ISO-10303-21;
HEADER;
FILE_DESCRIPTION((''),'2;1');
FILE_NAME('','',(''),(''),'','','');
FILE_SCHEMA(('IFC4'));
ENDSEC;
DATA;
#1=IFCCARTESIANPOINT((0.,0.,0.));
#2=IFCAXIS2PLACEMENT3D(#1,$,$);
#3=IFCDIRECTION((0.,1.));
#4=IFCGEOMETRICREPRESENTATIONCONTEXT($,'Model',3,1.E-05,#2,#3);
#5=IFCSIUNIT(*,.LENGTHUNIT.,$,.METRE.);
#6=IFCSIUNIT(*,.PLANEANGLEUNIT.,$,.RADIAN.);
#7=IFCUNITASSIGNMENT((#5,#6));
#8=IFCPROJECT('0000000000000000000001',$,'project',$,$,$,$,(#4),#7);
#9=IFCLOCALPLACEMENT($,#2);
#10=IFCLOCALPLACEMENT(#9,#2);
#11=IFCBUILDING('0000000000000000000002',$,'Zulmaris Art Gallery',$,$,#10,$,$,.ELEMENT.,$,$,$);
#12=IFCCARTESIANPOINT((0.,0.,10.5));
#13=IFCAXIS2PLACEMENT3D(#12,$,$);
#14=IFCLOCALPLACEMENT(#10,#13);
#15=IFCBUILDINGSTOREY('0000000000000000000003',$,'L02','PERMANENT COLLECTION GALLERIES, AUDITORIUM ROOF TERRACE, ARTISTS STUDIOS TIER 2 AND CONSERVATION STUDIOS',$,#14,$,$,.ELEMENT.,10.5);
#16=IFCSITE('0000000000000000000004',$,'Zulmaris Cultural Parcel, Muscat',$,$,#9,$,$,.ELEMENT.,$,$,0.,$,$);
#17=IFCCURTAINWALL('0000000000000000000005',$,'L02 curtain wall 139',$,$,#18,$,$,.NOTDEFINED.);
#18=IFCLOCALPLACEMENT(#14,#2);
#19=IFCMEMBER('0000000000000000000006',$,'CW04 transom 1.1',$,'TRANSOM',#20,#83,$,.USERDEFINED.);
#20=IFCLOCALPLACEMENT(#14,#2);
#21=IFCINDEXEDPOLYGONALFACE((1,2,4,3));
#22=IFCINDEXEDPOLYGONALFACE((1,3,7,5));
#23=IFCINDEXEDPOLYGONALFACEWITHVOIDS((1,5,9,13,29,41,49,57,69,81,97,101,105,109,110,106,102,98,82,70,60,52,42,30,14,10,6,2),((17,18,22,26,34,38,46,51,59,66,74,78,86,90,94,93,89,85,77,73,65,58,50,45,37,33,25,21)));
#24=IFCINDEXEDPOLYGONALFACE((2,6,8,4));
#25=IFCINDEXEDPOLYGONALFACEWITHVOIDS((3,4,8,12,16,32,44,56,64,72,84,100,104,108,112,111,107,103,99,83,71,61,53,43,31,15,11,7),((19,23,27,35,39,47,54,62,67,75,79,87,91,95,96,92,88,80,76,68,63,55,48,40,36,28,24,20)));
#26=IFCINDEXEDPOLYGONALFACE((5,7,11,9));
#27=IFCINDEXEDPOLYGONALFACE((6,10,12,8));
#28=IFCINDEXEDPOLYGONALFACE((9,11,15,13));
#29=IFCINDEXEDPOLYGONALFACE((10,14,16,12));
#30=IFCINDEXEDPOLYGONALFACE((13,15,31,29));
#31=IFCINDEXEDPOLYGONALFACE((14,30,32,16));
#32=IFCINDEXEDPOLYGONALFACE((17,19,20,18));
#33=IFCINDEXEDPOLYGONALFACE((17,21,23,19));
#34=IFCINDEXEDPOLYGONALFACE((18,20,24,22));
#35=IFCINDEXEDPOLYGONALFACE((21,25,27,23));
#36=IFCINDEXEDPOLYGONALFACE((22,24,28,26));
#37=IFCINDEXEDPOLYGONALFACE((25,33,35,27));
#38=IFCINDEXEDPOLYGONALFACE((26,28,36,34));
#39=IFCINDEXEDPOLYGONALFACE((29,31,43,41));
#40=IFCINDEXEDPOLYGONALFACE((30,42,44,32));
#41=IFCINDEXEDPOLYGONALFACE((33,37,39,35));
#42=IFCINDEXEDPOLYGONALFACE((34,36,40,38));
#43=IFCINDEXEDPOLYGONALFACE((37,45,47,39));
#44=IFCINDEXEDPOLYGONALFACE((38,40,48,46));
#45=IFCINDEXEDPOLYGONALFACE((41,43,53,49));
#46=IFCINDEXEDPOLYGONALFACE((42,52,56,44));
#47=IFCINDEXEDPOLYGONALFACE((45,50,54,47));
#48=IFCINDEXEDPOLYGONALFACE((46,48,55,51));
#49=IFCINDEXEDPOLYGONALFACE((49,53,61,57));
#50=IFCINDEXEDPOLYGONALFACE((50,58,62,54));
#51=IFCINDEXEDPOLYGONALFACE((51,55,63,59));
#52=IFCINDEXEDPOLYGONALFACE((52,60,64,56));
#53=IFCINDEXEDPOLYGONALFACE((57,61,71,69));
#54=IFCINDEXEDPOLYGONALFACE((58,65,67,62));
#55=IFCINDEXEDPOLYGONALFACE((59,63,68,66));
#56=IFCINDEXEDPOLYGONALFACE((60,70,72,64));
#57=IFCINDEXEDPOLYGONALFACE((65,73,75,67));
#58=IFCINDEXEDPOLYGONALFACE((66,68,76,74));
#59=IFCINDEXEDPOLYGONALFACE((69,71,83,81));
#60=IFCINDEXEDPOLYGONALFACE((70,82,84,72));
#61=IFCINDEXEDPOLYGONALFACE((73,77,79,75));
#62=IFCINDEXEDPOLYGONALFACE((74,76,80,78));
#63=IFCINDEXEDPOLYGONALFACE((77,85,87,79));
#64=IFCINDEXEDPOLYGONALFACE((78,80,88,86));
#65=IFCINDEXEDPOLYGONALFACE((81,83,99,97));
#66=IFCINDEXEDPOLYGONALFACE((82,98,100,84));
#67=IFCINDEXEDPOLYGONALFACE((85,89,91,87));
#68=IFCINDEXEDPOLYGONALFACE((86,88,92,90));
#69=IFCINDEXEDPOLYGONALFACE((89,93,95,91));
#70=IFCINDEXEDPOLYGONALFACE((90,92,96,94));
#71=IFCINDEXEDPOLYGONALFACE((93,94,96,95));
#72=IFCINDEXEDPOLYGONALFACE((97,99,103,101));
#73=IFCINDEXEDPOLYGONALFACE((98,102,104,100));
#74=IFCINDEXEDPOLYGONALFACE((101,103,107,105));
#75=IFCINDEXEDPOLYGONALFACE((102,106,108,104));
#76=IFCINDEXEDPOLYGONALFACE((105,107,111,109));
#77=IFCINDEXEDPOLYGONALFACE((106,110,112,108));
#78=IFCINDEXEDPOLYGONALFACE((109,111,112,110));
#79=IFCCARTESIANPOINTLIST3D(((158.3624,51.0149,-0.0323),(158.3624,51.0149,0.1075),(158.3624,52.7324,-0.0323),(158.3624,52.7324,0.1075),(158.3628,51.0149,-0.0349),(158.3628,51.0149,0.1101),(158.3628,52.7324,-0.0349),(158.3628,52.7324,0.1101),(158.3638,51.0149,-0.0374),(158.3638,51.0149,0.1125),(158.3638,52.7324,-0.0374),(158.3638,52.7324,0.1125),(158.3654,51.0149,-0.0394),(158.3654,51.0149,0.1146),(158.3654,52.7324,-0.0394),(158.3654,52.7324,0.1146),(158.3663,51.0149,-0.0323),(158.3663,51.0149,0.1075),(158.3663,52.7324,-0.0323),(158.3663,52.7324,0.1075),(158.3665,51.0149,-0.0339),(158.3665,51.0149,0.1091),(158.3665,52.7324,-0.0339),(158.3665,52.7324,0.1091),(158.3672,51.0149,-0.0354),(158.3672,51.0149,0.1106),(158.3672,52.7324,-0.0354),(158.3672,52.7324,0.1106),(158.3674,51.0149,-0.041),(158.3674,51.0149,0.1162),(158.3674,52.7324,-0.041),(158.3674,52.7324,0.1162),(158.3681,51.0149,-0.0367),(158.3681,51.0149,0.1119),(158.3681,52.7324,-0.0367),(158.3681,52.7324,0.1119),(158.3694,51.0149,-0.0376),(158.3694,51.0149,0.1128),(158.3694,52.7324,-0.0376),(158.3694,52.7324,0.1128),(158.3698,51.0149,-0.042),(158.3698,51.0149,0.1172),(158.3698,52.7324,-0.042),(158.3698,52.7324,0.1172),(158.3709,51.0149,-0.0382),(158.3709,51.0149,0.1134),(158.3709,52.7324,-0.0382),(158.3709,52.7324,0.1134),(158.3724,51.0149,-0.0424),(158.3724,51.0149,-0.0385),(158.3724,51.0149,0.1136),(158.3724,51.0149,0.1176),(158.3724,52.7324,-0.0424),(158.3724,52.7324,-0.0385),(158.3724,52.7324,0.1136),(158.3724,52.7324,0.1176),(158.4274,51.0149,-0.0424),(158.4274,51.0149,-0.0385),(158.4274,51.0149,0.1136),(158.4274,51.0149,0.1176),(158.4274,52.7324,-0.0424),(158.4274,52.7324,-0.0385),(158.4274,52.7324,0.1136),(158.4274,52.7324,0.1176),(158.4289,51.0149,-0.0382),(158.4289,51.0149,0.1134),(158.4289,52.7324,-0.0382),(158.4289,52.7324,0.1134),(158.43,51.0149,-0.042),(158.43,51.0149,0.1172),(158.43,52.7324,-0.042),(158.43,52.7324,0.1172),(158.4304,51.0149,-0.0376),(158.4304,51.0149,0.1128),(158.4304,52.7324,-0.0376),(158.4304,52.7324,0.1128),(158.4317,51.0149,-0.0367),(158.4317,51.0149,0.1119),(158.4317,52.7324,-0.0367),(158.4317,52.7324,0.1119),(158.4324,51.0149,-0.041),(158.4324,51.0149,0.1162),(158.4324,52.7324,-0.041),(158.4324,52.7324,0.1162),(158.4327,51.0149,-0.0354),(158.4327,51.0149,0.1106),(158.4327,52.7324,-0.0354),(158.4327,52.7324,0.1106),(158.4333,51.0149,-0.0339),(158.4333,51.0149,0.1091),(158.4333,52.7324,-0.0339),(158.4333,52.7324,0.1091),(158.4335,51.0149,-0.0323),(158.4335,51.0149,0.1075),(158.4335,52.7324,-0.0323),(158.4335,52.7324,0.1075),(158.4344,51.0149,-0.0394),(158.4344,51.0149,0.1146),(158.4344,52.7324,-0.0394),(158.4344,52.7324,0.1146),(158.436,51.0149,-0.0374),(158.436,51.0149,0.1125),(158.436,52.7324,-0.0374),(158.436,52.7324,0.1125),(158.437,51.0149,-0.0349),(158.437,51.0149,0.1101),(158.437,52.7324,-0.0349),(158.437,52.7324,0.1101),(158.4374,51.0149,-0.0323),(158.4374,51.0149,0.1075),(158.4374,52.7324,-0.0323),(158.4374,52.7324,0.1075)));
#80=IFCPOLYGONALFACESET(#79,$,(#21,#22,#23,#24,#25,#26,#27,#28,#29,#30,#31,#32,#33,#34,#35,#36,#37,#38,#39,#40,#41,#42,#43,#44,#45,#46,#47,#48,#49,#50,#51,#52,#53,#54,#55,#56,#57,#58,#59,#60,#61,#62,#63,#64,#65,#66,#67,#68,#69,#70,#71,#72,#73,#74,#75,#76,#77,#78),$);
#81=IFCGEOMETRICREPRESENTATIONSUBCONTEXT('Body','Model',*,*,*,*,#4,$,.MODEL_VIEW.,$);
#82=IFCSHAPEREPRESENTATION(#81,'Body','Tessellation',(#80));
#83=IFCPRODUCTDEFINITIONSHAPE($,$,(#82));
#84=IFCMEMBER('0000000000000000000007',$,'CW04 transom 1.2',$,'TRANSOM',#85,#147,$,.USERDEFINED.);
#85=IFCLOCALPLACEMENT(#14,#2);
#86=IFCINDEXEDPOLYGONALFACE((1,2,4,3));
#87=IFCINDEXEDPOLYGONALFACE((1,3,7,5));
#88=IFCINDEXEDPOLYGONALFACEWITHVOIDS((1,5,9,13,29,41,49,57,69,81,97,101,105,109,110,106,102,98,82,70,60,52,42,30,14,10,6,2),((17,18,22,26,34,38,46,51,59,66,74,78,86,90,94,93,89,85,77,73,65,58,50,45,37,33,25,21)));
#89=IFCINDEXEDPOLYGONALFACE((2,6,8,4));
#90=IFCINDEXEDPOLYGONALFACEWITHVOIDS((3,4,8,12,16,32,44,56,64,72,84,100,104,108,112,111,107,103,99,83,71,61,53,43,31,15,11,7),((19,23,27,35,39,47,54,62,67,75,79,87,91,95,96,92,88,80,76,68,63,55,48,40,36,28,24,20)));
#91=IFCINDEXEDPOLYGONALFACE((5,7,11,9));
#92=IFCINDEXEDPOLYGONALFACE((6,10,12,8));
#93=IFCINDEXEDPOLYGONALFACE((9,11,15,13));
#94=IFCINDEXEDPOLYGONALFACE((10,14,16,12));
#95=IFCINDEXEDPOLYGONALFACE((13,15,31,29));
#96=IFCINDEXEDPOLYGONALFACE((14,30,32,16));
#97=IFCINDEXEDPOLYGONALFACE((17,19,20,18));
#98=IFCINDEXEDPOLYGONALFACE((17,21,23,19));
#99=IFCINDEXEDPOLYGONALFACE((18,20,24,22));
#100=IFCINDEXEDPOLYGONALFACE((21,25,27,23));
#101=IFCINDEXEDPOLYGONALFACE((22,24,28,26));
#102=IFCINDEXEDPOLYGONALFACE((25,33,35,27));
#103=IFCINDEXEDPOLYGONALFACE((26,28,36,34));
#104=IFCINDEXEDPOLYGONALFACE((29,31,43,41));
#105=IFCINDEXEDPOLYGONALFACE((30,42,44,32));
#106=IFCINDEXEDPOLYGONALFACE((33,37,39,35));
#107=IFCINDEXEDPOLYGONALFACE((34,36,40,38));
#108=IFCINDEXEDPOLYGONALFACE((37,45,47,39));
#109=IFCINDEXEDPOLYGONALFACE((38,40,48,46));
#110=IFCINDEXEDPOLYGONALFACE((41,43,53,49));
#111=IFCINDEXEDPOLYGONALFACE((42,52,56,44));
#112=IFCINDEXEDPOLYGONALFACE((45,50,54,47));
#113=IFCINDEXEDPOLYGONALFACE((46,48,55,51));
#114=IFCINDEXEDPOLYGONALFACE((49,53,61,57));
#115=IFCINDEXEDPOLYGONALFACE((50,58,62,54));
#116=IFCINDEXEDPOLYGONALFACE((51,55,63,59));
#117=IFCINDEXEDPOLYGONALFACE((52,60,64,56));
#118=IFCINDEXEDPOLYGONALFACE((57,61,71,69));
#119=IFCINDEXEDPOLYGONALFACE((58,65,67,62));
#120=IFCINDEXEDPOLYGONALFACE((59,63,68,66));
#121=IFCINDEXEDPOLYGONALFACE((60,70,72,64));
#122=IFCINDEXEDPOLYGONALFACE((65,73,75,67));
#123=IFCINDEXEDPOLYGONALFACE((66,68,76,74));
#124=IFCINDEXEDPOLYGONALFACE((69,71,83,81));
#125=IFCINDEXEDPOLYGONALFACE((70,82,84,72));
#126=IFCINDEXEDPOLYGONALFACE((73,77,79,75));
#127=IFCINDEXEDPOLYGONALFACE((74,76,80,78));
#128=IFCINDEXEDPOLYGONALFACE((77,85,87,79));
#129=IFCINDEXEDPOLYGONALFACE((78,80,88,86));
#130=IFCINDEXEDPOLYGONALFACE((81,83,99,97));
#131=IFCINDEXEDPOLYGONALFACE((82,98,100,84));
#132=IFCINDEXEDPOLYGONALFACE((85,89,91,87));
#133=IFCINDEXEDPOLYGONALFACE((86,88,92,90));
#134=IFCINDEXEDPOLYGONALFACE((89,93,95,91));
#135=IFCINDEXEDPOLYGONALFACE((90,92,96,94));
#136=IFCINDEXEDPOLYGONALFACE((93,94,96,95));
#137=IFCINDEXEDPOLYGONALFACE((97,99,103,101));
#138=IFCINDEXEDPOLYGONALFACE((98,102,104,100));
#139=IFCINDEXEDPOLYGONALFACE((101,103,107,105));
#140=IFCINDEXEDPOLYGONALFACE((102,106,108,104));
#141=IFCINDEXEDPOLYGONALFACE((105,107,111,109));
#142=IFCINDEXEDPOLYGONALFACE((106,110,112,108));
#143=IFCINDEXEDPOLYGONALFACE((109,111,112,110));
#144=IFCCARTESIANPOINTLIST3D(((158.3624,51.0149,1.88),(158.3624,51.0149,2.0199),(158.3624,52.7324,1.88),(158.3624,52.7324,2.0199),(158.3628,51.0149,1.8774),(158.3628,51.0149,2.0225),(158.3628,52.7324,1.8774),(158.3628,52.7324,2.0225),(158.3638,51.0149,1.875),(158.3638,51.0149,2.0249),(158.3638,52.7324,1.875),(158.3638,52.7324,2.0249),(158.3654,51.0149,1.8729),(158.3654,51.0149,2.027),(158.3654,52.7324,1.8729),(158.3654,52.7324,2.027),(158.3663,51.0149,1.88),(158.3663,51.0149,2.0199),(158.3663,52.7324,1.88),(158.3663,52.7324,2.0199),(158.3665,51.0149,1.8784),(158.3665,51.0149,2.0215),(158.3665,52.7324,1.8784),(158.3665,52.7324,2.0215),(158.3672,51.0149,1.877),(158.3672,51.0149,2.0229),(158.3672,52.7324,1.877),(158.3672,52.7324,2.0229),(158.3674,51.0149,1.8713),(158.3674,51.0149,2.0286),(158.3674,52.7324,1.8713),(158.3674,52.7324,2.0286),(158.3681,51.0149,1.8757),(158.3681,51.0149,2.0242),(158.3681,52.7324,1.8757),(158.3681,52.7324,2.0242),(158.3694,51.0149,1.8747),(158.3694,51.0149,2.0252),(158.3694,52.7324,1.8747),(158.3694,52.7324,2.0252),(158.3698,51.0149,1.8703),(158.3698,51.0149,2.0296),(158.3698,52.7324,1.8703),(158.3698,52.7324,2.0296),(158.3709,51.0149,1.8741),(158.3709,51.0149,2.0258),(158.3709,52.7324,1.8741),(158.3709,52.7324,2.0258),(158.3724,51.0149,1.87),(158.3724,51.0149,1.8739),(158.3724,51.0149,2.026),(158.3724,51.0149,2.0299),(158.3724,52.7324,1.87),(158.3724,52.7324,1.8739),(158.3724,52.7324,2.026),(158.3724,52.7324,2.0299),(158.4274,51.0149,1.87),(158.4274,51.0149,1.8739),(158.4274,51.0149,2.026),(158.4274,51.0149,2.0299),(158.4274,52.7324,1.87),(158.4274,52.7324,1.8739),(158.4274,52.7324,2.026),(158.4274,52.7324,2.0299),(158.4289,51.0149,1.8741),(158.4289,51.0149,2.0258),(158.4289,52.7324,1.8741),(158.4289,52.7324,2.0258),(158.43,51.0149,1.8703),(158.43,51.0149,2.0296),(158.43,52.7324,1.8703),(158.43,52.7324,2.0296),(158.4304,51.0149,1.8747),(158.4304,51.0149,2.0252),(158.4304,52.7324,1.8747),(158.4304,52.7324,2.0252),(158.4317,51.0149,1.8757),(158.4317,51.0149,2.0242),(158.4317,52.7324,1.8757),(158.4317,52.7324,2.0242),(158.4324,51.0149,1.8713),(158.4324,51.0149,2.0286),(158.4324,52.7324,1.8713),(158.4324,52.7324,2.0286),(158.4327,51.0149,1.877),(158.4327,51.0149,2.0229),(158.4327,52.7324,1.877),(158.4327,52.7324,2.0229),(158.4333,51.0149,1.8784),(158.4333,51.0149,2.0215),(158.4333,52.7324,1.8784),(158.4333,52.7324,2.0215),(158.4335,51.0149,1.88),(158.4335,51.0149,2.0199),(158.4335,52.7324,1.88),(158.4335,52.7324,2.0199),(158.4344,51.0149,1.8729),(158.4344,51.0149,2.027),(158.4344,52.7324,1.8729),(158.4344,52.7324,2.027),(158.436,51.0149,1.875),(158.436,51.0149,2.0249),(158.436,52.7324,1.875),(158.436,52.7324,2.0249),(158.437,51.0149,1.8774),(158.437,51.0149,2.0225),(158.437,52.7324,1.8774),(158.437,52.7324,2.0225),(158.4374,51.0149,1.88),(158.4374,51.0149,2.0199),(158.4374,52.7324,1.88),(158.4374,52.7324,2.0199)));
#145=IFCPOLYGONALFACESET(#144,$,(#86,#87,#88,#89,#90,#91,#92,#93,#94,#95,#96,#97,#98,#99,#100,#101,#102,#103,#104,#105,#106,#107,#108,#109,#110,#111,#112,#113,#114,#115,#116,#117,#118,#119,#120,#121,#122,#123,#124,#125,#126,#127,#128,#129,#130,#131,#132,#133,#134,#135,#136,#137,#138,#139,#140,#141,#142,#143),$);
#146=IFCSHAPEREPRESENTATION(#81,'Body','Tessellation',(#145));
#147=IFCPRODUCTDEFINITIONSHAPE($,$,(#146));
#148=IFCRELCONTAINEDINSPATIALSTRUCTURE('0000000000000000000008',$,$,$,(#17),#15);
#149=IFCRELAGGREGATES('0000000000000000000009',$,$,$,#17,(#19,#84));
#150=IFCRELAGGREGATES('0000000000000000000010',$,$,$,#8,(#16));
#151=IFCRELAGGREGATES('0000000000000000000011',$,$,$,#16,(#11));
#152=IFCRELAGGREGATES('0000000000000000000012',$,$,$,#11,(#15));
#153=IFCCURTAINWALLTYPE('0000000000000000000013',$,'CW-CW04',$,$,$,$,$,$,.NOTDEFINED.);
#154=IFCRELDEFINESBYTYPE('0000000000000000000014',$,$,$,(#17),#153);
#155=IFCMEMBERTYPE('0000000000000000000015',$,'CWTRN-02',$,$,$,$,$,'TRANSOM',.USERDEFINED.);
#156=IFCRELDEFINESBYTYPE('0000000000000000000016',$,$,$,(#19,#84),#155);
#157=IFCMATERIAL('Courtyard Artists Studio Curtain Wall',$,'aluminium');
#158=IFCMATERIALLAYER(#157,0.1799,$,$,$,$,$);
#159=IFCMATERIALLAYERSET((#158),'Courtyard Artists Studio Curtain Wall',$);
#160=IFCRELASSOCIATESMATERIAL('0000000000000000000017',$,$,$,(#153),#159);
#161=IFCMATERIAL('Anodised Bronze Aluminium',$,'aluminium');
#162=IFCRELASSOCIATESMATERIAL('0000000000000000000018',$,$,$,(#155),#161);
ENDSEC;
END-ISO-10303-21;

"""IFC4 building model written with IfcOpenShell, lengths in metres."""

from ifc_helpers import new_model, si_unit, direction, frame, origin, origin_2d, place, context, subcontext, project, spatial, hollow_rectangle, extrude, material, layer, layer_set, material_profile, profile_set, type_object, element, aggregate, save


model = new_model("IFC4")

# Units and contexts
model_context = context("Model", 3, precision=1e-05, world=origin(), true_north=direction((0.0, 1.0)))
body_context = subcontext(model_context, "Body", "Model", "MODEL_VIEW")
ifc_project = project(units=[si_unit("LENGTHUNIT", "METRE"), si_unit("PLANEANGLEUNIT", "RADIAN")], contexts=[model_context])

# Site, building, storey
site_placement = place(None, origin())
site = spatial("IfcSite", under=ifc_project, at=site_placement, Name="Zulmaris Cultural Parcel, Muscat", CompositionType="ELEMENT", RefElevation=0.0)
building_placement = place(site_placement, origin())
building = spatial("IfcBuilding", under=site, at=building_placement, Name="Zulmaris Art Gallery", CompositionType="ELEMENT")
storey_placement = place(building_placement, frame((0.0, 0.0, 10.5)))
storey = spatial("IfcBuildingStorey", under=building, at=storey_placement, Name="L02", Description="PERMANENT COLLECTION GALLERIES, AUDITORIUM ROOF TERRACE, ARTISTS STUDIOS TIER 2 AND CONSERVATION STUDIOS", CompositionType="ELEMENT", Elevation=10.5)

# Curtain wall
ifc_material_1 = material(Name="Courtyard Artists Studio Curtain Wall", Category="aluminium")
ifc_layer_1 = layer(ifc_material_1, 0.1799)
ifc_layer_set_1 = layer_set([ifc_layer_1], Name="Courtyard Artists Studio Curtain Wall")
curtain_wall_type = type_object("IfcCurtainWallType", Name="CW-CW04", PredefinedType="NOTDEFINED", material=ifc_layer_set_1)
ifc_material_2 = material(Name="Anodised Bronze Aluminium", Category="aluminium")
curtain_wall_1_placement = place(storey_placement, origin())
curtain_wall_1 = element("IfcCurtainWall", 1, at=curtain_wall_1_placement, inside=storey, type_object=curtain_wall_type, Name="L02 curtain wall 139", PredefinedType="NOTDEFINED")

# Members
ifc_material_profile_1 = material_profile(ifc_material_2, hollow_rectangle(XDim=0.075, YDim=0.1599, WallThickness=0.0039, InnerFilletRadius=0.0061, OuterFilletRadius=0.01, at=origin_2d()), Name="ALU 75x160x4")
ifc_profile_set_1 = profile_set([ifc_material_profile_1], Name="Anodised Bronze Aluminium")
member_type_1 = type_object("IfcMemberType", Name="CWTRN-02", ElementType="TRANSOM", PredefinedType="USERDEFINED", material=ifc_profile_set_1)
member_1_placement = place(storey_placement, frame((158.3999, 51.0149, 0.0376), z_axis=(0.0, 1.0, 0.0), x_axis=(-1.0, 0.0, 0.0)))
member_1 = element("IfcMember", 2, at=member_1_placement, type_object=member_type_1, Name="CW04 transom 1.1", ObjectType="TRANSOM", PredefinedType="USERDEFINED", context=body_context, shape_type="SweptSolid", body=[
    extrude(hollow_rectangle(XDim=0.075, YDim=0.1599, WallThickness=0.0039, InnerFilletRadius=0.0061, OuterFilletRadius=0.01, at=origin_2d()), origin(), (0.0, 0.0, 1.0), 1.7175),
])
member_2_placement = place(storey_placement, frame((158.3999, 51.0149, 1.95), z_axis=(0.0, 1.0, 0.0), x_axis=(-1.0, 0.0, 0.0)))
member_2 = element("IfcMember", 3, at=member_2_placement, type_object=member_type_1, Name="CW04 transom 1.2", ObjectType="TRANSOM", PredefinedType="USERDEFINED", context=body_context, shape_type="SweptSolid", body=[
    extrude(hollow_rectangle(XDim=0.075, YDim=0.1599, WallThickness=0.0039, InnerFilletRadius=0.0061, OuterFilletRadius=0.01, at=origin_2d()), origin(), (0.0, 0.0, 1.0), 1.7175),
])

aggregate(curtain_wall_1, [member_1, member_2])

save(model, "model.ifc")
